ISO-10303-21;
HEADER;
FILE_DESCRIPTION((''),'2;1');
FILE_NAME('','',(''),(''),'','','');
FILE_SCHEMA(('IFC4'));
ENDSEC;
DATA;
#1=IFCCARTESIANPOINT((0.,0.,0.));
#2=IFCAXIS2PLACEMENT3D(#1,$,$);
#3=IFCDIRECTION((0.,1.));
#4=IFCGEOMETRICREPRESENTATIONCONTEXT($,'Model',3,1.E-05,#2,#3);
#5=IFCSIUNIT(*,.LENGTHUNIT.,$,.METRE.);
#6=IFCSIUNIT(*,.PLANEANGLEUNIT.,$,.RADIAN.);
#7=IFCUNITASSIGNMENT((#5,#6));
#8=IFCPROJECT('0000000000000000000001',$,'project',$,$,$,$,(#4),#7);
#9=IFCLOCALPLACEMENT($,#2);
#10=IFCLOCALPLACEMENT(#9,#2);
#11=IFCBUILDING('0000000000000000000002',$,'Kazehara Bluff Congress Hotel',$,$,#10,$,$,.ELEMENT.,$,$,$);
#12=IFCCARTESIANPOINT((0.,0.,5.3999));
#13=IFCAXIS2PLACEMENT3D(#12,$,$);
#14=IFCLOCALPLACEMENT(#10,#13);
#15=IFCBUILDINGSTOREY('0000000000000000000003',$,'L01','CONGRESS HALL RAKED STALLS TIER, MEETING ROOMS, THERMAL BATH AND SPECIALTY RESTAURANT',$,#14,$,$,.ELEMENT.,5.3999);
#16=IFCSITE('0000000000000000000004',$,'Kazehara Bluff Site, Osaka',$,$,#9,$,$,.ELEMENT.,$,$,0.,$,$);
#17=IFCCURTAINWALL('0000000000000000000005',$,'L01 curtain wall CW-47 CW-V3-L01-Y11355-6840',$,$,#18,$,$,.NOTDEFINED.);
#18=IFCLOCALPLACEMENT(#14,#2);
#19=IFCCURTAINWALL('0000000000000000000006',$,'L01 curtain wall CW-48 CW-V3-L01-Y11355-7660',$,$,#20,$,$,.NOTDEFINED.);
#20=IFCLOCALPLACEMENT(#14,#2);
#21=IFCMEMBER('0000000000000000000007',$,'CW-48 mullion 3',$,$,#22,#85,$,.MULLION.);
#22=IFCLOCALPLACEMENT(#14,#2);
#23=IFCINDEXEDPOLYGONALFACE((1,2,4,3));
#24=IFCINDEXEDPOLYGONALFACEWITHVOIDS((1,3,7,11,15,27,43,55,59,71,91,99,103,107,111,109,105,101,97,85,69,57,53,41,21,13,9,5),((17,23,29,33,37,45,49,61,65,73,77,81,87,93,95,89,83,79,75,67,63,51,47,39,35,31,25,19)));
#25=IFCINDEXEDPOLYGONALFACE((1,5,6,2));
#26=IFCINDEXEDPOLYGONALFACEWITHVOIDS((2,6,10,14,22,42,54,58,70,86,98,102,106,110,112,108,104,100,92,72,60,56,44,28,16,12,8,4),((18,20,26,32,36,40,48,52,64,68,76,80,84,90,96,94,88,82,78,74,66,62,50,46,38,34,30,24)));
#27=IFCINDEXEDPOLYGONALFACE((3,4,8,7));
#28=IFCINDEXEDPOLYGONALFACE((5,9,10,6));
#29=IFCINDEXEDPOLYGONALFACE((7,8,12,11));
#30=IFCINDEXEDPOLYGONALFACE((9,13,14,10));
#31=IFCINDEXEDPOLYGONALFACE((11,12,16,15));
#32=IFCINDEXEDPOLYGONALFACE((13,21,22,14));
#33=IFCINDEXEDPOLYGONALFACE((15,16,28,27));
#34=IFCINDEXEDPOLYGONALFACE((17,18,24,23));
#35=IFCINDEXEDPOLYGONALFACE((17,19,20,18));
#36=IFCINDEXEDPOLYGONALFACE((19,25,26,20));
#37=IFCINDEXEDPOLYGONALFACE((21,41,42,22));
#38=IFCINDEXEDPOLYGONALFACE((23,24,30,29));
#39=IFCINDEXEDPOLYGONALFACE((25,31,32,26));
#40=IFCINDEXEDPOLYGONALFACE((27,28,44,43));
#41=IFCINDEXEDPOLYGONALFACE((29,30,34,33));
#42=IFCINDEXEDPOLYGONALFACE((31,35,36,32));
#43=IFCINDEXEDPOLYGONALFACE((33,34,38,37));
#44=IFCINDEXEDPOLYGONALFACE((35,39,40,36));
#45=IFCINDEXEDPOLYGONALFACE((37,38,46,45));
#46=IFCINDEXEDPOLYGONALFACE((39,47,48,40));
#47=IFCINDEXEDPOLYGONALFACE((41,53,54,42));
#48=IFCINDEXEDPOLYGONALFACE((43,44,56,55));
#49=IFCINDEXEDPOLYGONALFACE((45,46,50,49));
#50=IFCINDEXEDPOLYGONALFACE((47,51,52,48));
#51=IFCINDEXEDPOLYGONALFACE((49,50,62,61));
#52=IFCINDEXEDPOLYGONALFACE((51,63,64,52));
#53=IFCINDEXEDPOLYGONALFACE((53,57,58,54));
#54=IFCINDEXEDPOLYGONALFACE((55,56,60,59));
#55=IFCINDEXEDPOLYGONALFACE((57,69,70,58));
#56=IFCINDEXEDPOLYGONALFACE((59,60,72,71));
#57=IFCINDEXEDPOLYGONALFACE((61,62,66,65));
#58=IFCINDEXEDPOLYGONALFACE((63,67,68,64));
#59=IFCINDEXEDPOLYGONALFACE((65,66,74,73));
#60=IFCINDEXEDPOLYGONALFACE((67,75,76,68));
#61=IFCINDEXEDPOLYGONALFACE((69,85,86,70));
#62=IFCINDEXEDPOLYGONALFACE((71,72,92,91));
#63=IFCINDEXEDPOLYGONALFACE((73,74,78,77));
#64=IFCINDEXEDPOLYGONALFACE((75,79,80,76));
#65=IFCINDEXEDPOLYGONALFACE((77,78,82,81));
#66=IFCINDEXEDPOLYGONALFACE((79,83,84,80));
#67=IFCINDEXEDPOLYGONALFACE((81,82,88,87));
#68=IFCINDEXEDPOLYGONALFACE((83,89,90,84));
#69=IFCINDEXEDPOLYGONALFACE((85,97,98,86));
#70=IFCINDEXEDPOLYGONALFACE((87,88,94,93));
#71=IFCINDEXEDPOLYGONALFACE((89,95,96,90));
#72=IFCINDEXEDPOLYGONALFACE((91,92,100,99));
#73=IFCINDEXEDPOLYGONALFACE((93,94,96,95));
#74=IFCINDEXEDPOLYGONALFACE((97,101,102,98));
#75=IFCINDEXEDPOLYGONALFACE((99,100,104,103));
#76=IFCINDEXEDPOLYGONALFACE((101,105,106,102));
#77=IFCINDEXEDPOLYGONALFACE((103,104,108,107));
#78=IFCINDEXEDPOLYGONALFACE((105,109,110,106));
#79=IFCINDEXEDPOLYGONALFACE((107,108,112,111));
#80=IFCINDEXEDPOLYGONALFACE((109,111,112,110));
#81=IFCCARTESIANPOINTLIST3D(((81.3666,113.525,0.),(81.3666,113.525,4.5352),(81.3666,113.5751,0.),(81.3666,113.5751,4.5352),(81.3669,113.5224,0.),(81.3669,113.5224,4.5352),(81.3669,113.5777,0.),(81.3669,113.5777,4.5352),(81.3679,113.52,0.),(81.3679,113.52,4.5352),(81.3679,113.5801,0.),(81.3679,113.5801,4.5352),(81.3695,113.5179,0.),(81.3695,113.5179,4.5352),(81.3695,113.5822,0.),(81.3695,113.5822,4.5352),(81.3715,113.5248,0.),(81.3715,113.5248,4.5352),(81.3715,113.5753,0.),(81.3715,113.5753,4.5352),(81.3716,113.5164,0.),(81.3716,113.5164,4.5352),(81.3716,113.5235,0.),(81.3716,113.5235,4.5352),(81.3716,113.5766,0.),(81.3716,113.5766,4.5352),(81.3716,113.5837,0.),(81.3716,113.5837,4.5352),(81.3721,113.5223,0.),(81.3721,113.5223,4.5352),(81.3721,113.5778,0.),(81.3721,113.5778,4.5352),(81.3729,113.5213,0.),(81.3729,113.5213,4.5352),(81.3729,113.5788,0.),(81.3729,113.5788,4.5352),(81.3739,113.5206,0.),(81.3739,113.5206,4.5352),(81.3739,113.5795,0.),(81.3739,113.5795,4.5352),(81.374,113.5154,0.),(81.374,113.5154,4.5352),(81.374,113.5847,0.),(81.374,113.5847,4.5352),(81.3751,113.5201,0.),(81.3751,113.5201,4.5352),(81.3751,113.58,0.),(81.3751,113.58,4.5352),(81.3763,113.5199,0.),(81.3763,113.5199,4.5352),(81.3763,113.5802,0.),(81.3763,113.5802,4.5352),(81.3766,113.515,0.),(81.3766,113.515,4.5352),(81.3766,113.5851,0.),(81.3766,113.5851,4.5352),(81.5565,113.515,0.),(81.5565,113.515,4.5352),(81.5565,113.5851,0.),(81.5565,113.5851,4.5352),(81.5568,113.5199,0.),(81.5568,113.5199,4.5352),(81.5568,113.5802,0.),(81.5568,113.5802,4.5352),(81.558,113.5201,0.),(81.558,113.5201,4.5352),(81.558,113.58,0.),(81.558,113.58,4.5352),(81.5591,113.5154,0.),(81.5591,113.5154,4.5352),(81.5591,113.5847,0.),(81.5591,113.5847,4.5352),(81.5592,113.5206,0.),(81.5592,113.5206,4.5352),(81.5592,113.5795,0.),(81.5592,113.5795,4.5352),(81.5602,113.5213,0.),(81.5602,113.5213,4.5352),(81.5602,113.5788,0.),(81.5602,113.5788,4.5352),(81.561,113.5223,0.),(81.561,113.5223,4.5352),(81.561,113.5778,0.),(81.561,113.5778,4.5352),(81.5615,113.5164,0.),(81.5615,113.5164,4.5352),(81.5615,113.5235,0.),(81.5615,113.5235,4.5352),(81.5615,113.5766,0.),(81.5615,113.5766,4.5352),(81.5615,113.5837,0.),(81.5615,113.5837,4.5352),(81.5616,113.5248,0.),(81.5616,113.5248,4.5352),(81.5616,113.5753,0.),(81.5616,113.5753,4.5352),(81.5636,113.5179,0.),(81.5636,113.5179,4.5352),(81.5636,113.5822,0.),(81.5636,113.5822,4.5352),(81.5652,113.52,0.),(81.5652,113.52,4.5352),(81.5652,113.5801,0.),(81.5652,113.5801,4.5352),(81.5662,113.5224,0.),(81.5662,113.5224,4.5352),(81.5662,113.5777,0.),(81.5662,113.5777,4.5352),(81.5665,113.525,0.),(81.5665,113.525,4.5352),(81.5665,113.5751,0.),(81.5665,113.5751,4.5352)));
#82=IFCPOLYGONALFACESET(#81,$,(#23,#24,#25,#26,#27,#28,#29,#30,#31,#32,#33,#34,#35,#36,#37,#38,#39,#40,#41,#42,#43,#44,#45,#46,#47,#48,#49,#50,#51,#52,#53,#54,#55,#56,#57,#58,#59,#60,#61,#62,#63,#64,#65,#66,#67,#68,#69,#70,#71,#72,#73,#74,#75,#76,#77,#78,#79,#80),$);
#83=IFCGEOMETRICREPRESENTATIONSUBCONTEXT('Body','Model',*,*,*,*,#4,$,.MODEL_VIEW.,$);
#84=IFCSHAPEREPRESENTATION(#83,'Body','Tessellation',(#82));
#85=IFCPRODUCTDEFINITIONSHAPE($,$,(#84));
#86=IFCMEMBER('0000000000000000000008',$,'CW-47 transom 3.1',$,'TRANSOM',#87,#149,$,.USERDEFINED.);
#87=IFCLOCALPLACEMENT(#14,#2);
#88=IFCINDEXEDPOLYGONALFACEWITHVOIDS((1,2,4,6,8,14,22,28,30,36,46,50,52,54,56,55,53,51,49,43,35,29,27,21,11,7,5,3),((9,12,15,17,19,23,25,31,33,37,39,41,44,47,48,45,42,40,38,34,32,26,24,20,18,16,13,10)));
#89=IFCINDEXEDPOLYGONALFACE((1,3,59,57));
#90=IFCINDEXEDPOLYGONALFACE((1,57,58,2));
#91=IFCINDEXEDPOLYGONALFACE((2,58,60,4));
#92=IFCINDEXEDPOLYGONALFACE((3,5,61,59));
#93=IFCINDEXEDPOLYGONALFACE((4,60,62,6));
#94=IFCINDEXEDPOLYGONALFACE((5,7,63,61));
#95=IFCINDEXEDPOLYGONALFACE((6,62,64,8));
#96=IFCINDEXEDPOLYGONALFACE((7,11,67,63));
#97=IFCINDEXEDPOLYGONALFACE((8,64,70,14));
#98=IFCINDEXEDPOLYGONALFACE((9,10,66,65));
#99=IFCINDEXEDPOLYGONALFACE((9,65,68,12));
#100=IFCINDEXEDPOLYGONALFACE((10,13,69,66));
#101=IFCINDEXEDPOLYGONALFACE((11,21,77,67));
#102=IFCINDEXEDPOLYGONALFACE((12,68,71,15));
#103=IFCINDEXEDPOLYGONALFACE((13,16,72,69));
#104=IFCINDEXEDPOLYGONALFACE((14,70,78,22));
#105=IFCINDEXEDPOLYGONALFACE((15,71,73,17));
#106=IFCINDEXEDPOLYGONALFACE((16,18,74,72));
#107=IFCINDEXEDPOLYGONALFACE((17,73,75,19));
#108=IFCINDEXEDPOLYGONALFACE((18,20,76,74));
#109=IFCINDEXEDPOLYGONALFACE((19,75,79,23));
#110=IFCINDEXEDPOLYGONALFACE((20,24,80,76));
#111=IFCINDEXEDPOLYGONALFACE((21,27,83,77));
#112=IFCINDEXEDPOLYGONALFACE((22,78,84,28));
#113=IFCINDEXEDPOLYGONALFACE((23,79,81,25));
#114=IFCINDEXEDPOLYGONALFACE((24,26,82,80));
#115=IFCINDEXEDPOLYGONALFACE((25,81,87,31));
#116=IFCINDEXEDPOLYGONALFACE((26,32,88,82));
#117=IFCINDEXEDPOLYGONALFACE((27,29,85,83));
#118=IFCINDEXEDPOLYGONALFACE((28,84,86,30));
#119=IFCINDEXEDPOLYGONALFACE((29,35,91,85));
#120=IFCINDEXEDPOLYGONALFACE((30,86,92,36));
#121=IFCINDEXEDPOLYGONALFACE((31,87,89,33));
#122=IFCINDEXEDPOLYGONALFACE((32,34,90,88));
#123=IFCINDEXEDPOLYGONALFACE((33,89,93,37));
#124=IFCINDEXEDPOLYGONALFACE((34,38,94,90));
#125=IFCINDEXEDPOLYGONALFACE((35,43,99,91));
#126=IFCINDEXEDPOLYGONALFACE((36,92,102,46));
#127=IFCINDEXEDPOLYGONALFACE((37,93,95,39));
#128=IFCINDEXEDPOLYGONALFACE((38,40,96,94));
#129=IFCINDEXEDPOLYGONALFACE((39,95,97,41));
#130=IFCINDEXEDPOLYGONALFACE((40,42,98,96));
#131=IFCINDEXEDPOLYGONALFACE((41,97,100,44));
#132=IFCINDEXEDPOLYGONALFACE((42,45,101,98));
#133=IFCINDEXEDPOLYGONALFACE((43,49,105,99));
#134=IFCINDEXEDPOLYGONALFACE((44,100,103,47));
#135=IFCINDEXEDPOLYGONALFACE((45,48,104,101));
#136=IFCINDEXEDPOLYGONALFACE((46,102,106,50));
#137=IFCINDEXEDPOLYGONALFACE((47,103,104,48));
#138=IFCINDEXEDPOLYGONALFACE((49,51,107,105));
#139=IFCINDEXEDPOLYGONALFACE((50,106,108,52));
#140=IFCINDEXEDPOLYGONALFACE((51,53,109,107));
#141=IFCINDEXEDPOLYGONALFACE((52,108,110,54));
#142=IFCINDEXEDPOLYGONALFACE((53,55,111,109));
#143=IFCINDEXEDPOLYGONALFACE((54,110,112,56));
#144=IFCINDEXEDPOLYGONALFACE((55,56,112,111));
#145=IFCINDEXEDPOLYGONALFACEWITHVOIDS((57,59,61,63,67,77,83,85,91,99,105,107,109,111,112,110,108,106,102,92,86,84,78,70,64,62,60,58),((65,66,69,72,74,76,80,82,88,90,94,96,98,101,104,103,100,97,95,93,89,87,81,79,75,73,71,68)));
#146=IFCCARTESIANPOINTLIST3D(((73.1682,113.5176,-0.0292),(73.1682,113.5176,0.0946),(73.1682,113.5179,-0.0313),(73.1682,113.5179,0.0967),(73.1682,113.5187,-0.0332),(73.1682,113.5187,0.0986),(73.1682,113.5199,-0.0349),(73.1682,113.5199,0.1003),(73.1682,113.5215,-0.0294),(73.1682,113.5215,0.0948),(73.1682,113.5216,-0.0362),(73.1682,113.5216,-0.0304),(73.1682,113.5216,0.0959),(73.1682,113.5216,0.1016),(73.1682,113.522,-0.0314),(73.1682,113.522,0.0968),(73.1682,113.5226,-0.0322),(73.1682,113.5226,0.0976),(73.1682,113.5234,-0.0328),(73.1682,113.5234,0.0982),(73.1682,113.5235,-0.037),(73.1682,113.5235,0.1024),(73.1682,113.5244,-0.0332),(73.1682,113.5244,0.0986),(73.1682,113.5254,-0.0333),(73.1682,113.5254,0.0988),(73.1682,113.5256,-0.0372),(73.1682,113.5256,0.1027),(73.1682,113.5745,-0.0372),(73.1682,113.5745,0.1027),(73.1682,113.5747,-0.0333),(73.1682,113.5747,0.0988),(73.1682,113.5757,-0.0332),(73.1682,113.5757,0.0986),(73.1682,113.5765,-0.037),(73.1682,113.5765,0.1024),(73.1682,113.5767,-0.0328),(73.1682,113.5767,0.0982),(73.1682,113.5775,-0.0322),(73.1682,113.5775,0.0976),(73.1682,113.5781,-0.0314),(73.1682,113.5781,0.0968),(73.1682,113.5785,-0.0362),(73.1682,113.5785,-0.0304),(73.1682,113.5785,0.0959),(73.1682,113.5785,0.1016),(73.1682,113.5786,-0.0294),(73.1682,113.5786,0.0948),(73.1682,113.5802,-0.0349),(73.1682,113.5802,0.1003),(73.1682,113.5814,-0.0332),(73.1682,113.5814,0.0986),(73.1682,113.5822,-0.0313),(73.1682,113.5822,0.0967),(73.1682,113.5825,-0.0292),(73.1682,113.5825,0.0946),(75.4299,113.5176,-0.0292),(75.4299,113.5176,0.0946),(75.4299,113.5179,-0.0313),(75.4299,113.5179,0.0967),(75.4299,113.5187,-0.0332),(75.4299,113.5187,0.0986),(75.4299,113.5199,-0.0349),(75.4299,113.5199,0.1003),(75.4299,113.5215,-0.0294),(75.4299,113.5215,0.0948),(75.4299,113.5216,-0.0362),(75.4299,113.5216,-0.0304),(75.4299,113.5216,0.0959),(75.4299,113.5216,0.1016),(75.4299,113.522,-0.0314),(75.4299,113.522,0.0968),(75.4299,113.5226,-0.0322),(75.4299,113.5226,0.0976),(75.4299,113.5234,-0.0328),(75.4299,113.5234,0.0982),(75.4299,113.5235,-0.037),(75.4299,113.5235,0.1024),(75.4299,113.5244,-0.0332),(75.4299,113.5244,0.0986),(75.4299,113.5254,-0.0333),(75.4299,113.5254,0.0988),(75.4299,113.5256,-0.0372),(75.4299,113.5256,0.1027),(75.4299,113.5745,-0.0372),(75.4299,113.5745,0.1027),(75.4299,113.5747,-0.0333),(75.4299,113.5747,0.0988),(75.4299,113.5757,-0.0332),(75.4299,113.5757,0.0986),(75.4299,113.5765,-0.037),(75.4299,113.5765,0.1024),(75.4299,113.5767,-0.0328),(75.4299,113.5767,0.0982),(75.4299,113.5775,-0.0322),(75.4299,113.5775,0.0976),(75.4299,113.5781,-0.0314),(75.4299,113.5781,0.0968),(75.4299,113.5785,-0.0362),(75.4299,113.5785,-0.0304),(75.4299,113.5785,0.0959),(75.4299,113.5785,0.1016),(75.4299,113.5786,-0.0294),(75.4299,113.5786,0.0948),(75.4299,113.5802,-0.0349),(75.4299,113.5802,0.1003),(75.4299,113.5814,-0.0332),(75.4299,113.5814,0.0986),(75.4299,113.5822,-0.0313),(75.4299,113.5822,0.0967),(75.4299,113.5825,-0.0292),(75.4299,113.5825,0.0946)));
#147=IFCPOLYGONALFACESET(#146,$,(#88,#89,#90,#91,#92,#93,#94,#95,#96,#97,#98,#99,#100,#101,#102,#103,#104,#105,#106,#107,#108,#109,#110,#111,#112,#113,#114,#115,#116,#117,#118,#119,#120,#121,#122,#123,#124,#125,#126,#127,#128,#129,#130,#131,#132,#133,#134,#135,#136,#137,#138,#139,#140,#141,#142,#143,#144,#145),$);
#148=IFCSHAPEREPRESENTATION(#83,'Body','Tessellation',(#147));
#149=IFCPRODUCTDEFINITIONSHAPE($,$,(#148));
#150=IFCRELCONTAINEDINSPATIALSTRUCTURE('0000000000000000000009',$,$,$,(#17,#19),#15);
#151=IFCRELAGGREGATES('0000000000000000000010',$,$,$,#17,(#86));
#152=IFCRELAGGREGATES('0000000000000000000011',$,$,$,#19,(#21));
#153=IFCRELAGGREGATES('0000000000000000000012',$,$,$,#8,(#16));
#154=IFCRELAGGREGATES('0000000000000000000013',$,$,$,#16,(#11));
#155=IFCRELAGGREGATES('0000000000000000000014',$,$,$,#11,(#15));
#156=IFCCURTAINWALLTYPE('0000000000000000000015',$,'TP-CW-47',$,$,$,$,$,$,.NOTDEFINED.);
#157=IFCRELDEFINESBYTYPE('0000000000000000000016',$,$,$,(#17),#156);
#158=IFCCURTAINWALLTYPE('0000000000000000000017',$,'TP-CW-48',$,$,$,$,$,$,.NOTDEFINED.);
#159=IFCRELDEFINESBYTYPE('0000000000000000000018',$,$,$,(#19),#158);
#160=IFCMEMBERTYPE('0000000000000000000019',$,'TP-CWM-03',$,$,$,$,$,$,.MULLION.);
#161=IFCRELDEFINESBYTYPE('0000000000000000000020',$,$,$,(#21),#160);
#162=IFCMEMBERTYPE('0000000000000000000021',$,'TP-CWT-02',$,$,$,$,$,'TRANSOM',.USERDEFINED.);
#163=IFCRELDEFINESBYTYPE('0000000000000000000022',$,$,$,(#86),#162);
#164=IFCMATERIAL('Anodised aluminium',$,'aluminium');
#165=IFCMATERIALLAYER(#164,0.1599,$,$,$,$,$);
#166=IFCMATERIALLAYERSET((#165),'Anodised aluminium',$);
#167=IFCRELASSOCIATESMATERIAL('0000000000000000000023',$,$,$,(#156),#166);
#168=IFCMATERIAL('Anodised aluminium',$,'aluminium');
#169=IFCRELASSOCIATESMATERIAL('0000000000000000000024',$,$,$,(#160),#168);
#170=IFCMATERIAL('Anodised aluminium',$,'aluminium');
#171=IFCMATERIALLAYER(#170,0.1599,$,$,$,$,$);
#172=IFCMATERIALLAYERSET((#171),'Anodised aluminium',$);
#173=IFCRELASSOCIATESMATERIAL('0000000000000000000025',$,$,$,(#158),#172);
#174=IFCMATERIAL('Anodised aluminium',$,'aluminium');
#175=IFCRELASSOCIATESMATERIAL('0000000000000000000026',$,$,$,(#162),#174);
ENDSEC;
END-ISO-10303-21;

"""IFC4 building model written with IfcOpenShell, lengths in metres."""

from ifc_helpers import new_model, si_unit, direction, frame, origin, origin_2d, place, context, subcontext, project, spatial, hollow_rectangle, extrude, material, layer, layer_set, material_profile, profile_set, type_object, element, aggregate, save


model = new_model("IFC4")

# Units and contexts
model_context = context("Model", 3, precision=1e-05, world=origin(), true_north=direction((0.0, 1.0)))
body_context = subcontext(model_context, "Body", "Model", "MODEL_VIEW")
ifc_project = project(units=[si_unit("LENGTHUNIT", "METRE"), si_unit("PLANEANGLEUNIT", "RADIAN")], contexts=[model_context])

# Site, building, storey
site_placement = place(None, origin())
site = spatial("IfcSite", under=ifc_project, at=site_placement, Name="Kazehara Bluff Site, Osaka", CompositionType="ELEMENT", RefElevation=0.0)
building_placement = place(site_placement, origin())
building = spatial("IfcBuilding", under=site, at=building_placement, Name="Kazehara Bluff Congress Hotel", CompositionType="ELEMENT")
storey_placement = place(building_placement, frame((0.0, 0.0, 5.3999)))
storey = spatial("IfcBuildingStorey", under=building, at=storey_placement, Name="L01", Description="CONGRESS HALL RAKED STALLS TIER, MEETING ROOMS, THERMAL BATH AND SPECIALTY RESTAURANT", CompositionType="ELEMENT", Elevation=5.3999)

# Curtain walls, member
ifc_material_1 = material(Name="Anodised aluminium", Category="aluminium")
ifc_layer_1 = layer(ifc_material_1, 0.1599)
ifc_layer_set_1 = layer_set([ifc_layer_1], Name="Anodised aluminium")
curtain_wall_type_1 = type_object("IfcCurtainWallType", Name="TP-CW-47", PredefinedType="NOTDEFINED", material=ifc_layer_set_1)
curtain_wall_1_placement = place(storey_placement, origin())
curtain_wall_1 = element("IfcCurtainWall", 1, at=curtain_wall_1_placement, inside=storey, type_object=curtain_wall_type_1, Name="L01 curtain wall CW-47 CW-V3-L01-Y11355-6840", PredefinedType="NOTDEFINED")
ifc_material_2 = material(Name="Anodised aluminium", Category="aluminium")
ifc_material_profile_1 = material_profile(ifc_material_2, hollow_rectangle(XDim=0.0701, YDim=0.2, WallThickness=0.0049, InnerFilletRadius=0.0049, OuterFilletRadius=0.01, at=origin_2d()))
ifc_profile_set_1 = profile_set([ifc_material_profile_1], Name="Anodised aluminium")
member_type_1 = type_object("IfcMemberType", Name="TP-CWM-03", PredefinedType="MULLION", material=ifc_profile_set_1)
ifc_material_3 = material(Name="Anodised aluminium", Category="aluminium")
ifc_layer_2 = layer(ifc_material_3, 0.1599)
ifc_layer_set_2 = layer_set([ifc_layer_2], Name="Anodised aluminium")
curtain_wall_type_2 = type_object("IfcCurtainWallType", Name="TP-CW-48", PredefinedType="NOTDEFINED", material=ifc_layer_set_2)
curtain_wall_2_placement = place(storey_placement, origin())
curtain_wall_2 = element("IfcCurtainWall", 2, at=curtain_wall_2_placement, inside=storey, type_object=curtain_wall_type_2, Name="L01 curtain wall CW-48 CW-V3-L01-Y11355-7660", PredefinedType="NOTDEFINED")
member_1_placement = place(storey_placement, frame((81.4666, 113.55, 0.0), z_axis=(0.0, 0.0, 1.0), x_axis=(0.0, 1.0, 0.0)))
member_1 = element("IfcMember", 3, at=member_1_placement, type_object=member_type_1, Name="CW-48 mullion 3", PredefinedType="MULLION", context=body_context, shape_type="SweptSolid", body=[
    extrude(hollow_rectangle(XDim=0.0701, YDim=0.2, WallThickness=0.0049, InnerFilletRadius=0.0049, OuterFilletRadius=0.01, at=origin_2d()), origin(), (0.0, 0.0, 1.0), 4.5352),
])

# Member
ifc_material_4 = material(Name="Anodised aluminium", Category="aluminium")
ifc_material_profile_2 = material_profile(ifc_material_4, hollow_rectangle(XDim=0.0649, YDim=0.1399, WallThickness=0.0039, InnerFilletRadius=0.0039, OuterFilletRadius=0.0081, at=origin_2d()))
ifc_profile_set_2 = profile_set([ifc_material_profile_2], Name="Anodised aluminium")
member_type_2 = type_object("IfcMemberType", Name="TP-CWT-02", ElementType="TRANSOM", PredefinedType="USERDEFINED", material=ifc_profile_set_2)
member_2_placement = place(storey_placement, frame((73.1682, 113.55, 0.0327), z_axis=(1.0, 0.0, 0.0), x_axis=(0.0, 1.0, 0.0)))
member_2 = element("IfcMember", 4, at=member_2_placement, type_object=member_type_2, Name="CW-47 transom 3.1", ObjectType="TRANSOM", PredefinedType="USERDEFINED", context=body_context, shape_type="SweptSolid", body=[
    extrude(hollow_rectangle(XDim=0.0649, YDim=0.1399, WallThickness=0.0039, InnerFilletRadius=0.0039, OuterFilletRadius=0.0081, at=origin_2d()), origin(), (0.0, 0.0, 1.0), 2.2617),
])

aggregate(curtain_wall_1, [member_2])
aggregate(curtain_wall_2, [member_1])

save(model, "model.ifc")
